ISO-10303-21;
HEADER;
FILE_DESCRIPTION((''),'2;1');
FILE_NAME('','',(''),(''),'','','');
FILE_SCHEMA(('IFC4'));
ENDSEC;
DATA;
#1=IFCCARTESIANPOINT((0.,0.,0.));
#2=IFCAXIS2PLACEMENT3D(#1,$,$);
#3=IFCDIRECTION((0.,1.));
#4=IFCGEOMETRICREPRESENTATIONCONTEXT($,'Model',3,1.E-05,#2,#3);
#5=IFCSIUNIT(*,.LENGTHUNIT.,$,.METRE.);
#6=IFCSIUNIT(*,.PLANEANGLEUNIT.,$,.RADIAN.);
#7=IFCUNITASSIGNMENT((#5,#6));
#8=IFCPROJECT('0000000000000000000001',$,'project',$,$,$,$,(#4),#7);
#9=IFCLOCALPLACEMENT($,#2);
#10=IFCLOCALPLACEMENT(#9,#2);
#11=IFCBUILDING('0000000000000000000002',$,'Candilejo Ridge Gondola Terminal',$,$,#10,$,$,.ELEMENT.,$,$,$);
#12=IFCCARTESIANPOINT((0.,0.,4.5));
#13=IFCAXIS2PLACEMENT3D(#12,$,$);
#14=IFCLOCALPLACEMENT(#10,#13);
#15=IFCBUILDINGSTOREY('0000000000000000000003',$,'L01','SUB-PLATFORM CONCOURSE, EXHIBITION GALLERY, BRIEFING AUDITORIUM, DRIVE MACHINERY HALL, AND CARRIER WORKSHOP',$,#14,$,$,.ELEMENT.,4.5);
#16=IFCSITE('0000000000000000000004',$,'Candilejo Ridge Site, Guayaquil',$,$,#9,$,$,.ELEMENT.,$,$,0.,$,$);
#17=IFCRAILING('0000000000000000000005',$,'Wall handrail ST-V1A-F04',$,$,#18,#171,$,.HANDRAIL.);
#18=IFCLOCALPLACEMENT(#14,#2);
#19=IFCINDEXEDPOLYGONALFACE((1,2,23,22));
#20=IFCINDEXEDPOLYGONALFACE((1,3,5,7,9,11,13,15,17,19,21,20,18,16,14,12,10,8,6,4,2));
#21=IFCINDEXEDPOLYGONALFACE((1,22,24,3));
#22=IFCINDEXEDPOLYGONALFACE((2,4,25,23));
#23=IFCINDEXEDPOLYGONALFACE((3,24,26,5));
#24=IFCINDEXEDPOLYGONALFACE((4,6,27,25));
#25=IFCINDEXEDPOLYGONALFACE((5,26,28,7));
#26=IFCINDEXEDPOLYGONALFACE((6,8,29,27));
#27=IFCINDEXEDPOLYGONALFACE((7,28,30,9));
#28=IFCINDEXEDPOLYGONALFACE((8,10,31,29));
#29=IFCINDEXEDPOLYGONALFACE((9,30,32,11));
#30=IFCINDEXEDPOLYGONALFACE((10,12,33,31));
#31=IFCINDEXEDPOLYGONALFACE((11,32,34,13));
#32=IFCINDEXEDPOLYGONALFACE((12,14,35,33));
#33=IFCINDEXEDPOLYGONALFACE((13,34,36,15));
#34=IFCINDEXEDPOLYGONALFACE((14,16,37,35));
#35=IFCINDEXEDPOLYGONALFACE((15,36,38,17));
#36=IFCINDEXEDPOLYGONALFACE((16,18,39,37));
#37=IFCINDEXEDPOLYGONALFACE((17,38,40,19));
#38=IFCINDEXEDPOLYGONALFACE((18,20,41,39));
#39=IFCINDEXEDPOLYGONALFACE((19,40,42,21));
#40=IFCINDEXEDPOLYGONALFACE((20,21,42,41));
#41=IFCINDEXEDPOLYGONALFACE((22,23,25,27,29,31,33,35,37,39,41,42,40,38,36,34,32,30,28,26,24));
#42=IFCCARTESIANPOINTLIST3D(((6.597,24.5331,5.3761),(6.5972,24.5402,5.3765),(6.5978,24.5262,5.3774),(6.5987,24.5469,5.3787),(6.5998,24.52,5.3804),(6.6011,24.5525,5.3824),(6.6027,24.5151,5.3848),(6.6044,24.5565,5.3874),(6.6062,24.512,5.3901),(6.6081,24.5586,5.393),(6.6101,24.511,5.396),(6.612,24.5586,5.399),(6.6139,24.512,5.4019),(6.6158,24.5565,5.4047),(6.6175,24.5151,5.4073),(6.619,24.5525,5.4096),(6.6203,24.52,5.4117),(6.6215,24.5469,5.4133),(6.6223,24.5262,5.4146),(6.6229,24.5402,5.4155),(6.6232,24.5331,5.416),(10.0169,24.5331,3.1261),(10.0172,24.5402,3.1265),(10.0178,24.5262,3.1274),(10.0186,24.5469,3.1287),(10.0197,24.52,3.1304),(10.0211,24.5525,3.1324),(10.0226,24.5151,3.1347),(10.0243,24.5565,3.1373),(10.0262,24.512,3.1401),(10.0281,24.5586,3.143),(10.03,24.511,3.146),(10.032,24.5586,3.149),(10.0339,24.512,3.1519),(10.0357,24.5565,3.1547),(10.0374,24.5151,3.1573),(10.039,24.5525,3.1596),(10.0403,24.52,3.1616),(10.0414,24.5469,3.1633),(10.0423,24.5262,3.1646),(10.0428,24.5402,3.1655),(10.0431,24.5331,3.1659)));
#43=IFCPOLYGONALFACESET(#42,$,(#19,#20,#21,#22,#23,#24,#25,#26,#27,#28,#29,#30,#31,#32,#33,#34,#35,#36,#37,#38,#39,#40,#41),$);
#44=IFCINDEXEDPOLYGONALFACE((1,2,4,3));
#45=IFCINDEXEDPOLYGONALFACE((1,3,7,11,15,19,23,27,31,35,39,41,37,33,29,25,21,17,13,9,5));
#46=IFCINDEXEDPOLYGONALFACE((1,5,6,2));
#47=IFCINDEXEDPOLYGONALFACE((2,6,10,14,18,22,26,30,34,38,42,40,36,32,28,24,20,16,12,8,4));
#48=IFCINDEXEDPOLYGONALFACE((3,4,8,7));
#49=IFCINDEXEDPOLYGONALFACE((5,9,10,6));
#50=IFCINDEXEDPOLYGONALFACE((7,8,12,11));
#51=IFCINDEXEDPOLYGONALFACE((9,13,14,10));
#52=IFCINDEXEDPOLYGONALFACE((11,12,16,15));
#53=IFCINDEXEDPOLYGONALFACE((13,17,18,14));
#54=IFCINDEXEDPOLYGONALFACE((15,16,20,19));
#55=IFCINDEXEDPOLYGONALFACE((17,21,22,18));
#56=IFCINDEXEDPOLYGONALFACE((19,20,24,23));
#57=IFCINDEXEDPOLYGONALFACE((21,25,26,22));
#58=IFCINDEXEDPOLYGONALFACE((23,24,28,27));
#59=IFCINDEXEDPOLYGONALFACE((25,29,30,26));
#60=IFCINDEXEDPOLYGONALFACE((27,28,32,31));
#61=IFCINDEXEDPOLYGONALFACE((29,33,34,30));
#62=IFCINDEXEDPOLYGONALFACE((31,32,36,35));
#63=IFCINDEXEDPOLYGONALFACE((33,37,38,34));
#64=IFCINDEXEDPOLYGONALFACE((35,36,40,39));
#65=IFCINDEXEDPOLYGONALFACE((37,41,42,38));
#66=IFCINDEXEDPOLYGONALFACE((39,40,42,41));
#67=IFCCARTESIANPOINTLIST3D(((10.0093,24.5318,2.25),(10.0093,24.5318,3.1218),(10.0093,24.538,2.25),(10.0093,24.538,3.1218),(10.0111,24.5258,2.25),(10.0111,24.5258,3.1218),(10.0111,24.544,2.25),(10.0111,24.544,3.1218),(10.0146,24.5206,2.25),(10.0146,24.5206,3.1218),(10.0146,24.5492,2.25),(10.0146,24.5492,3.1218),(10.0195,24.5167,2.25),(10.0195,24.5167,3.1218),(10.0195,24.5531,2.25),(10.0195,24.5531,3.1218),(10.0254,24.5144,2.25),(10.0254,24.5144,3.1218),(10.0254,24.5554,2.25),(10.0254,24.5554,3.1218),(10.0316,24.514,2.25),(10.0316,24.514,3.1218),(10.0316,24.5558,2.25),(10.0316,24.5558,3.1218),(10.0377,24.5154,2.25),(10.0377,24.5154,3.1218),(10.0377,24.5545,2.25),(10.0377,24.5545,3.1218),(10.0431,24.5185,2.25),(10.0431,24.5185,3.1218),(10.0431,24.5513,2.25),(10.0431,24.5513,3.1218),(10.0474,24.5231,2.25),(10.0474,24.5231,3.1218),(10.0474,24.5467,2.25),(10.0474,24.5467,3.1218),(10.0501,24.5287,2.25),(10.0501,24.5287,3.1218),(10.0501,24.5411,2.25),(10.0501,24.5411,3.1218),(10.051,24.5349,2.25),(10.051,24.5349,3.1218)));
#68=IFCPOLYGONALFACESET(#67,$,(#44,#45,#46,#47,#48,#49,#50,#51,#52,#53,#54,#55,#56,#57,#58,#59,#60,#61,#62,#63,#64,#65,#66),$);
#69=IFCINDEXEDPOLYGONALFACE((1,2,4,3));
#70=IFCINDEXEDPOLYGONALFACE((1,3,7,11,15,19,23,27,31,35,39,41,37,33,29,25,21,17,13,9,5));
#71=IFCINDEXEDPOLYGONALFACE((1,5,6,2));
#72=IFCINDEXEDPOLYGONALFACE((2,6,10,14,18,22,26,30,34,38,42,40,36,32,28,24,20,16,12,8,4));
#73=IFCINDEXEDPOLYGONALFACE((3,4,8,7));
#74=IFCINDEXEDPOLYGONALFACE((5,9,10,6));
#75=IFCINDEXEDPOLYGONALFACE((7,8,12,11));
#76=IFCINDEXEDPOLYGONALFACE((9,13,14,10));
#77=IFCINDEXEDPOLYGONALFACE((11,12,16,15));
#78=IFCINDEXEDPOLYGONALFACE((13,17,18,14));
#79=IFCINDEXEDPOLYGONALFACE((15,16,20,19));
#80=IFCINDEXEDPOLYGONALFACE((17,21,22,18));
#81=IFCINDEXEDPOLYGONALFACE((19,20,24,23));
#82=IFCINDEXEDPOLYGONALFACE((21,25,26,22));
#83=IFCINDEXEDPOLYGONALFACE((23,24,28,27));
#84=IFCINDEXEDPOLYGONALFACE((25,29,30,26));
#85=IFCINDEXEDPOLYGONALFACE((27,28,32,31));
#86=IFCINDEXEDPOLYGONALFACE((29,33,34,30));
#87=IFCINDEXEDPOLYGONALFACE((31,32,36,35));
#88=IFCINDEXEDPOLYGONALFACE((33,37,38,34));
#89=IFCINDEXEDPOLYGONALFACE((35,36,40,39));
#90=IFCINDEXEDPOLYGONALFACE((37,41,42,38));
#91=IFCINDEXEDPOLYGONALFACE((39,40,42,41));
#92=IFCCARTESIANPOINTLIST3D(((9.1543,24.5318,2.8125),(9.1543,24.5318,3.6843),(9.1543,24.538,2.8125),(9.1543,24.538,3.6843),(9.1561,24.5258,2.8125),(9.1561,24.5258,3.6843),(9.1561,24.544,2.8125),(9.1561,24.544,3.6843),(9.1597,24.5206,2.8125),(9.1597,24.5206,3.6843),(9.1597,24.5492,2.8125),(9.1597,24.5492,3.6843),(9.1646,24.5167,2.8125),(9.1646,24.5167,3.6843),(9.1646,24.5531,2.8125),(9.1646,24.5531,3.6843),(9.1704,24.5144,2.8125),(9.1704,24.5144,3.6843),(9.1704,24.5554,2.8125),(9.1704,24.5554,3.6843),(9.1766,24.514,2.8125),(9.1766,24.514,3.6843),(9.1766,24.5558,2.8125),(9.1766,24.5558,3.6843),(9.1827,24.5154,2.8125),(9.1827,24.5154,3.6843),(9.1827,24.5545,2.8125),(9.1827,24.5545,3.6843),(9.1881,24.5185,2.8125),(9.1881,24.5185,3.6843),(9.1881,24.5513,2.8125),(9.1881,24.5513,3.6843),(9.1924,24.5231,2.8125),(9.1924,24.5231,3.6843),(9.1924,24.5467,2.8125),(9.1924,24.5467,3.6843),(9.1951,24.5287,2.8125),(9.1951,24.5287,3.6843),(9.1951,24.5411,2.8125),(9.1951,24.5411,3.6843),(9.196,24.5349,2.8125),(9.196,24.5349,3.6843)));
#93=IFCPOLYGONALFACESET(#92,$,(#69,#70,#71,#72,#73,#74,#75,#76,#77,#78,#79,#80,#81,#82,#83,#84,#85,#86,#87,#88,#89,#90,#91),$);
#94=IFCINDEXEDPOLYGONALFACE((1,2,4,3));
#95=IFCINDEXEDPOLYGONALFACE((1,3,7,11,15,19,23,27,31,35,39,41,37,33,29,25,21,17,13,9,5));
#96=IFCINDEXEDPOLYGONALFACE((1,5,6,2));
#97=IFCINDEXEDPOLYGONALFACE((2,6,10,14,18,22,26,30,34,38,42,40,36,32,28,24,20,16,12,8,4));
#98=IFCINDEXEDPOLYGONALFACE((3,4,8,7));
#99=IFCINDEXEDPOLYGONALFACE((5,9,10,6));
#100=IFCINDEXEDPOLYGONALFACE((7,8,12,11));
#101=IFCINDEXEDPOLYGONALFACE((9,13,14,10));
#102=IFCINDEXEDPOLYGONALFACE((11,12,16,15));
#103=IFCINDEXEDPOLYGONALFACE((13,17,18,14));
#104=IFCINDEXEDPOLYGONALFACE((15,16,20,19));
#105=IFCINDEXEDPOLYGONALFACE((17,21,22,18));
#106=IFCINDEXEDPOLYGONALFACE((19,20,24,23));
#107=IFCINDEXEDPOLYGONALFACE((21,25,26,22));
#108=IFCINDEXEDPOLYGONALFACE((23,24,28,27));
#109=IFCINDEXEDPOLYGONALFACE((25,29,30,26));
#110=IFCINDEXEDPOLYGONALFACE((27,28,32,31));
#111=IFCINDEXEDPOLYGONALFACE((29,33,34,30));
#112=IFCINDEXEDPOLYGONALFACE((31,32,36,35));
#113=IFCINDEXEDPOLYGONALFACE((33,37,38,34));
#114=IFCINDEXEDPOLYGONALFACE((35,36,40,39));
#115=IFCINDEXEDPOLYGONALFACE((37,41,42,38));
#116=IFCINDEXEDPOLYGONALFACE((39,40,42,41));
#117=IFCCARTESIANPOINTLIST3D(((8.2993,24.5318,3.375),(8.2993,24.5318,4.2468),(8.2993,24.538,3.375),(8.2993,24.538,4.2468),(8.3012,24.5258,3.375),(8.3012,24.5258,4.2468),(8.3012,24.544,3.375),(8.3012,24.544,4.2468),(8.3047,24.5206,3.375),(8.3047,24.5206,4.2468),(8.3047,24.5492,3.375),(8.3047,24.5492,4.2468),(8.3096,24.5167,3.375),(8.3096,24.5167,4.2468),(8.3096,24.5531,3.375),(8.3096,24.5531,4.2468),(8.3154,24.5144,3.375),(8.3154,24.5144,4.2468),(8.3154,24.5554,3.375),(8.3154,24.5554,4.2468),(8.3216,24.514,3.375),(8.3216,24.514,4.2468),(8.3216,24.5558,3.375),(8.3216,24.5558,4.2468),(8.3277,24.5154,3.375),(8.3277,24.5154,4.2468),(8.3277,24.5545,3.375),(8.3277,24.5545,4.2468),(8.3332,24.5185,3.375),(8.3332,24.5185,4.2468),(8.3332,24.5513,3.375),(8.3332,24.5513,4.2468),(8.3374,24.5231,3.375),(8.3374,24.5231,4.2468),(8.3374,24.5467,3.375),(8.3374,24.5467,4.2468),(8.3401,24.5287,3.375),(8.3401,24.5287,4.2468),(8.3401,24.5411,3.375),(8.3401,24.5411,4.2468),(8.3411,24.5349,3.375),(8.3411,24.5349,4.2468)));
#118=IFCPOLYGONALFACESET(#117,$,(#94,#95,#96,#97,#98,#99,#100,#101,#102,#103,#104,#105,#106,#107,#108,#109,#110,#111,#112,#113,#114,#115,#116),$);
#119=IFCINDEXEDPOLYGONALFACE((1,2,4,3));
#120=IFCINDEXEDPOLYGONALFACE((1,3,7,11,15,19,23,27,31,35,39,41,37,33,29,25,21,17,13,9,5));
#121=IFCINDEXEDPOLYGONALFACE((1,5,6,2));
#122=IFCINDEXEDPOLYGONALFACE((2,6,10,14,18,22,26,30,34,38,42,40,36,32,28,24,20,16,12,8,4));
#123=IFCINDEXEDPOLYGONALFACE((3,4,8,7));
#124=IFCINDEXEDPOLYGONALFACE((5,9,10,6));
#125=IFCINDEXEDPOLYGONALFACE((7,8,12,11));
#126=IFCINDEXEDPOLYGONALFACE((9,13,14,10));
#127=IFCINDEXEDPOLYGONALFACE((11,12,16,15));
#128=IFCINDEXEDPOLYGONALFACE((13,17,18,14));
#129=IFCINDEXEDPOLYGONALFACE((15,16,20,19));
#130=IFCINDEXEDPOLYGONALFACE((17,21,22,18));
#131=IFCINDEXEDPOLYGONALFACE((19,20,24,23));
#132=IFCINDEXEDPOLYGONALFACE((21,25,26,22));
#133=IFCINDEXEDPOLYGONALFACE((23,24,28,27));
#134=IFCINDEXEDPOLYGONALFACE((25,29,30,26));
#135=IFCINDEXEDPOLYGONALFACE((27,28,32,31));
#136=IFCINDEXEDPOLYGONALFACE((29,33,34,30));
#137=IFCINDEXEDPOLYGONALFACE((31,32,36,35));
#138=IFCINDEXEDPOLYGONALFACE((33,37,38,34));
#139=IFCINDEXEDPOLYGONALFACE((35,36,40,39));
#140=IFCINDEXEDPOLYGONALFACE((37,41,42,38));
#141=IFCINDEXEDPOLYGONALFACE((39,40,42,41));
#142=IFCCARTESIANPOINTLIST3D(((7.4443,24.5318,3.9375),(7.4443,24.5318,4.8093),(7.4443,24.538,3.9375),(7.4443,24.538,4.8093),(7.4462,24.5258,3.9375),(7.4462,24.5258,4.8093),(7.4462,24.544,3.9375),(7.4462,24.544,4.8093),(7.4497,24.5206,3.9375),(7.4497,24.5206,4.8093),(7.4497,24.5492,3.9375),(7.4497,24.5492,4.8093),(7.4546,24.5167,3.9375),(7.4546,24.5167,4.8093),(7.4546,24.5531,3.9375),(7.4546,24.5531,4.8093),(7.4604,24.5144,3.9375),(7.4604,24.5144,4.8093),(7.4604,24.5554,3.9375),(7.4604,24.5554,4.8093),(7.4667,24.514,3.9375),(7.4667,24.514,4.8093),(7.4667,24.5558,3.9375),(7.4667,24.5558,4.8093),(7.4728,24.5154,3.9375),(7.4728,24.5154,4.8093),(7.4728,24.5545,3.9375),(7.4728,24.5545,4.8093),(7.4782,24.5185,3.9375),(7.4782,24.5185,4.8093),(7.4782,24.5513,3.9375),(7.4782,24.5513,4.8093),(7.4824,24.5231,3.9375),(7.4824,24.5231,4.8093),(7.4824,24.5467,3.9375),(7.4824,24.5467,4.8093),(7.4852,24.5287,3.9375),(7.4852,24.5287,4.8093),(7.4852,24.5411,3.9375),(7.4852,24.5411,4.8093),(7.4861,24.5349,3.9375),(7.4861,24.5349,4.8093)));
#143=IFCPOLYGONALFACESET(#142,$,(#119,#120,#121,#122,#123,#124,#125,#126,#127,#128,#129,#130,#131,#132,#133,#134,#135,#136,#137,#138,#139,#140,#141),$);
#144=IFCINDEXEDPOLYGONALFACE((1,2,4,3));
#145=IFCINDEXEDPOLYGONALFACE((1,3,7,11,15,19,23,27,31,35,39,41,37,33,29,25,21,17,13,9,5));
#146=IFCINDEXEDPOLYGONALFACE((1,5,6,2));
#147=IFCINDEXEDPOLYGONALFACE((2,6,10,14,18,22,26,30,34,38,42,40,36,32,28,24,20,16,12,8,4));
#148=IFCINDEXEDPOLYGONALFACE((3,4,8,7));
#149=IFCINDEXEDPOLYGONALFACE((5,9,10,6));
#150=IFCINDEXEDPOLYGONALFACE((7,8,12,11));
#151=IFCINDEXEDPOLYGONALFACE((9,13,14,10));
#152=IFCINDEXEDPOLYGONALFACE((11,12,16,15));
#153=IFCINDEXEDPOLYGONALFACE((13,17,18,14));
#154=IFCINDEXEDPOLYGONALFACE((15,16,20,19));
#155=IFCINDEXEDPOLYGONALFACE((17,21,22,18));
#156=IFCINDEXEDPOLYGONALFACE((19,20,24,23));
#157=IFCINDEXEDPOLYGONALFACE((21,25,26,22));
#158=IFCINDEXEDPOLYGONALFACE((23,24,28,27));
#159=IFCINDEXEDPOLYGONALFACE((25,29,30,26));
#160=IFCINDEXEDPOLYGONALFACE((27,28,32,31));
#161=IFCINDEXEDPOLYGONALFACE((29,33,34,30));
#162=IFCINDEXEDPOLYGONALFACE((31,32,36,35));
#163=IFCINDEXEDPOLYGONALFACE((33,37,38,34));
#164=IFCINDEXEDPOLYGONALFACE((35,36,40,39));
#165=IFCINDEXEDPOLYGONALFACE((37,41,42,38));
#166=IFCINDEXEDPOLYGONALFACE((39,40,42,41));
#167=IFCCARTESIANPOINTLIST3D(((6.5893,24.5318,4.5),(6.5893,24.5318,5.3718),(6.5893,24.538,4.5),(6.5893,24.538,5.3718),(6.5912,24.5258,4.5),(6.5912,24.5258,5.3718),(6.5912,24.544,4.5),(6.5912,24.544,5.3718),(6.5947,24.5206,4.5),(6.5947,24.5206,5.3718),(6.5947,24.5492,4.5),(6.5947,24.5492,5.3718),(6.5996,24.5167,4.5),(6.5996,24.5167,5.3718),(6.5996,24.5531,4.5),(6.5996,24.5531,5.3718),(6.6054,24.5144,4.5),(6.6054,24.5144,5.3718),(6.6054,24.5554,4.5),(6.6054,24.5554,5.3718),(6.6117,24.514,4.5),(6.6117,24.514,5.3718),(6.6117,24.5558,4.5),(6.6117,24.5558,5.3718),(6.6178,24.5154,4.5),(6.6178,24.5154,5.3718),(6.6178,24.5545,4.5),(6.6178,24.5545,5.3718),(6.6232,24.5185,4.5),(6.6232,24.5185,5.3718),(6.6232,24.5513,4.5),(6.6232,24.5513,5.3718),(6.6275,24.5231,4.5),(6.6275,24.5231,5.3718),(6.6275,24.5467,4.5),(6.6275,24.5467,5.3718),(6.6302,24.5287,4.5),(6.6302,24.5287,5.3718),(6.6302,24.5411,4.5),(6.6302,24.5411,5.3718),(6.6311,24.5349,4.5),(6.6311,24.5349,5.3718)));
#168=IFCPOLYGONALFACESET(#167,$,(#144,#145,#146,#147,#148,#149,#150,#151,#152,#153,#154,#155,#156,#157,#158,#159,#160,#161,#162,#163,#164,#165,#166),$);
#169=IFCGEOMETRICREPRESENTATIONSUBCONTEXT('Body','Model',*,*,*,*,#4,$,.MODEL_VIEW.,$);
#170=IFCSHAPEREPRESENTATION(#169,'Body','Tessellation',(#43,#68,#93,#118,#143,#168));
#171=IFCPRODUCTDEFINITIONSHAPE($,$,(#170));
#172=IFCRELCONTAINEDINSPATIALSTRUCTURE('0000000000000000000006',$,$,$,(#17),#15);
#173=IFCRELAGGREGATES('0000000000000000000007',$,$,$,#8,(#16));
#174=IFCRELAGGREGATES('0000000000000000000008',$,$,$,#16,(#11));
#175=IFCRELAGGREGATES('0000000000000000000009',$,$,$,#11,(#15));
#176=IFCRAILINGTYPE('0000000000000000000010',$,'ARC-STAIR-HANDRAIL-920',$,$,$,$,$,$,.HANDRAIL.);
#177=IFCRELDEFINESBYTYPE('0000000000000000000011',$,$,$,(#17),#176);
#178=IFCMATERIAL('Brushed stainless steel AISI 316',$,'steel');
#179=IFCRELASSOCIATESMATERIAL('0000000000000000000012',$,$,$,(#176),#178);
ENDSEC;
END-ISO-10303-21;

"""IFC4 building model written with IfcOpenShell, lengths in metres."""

from ifc_helpers import new_model, si_unit, direction, frame, origin, origin_2d, place, context, subcontext, project, spatial, circle, extrude, material, type_object, element, save


model = new_model("IFC4")

# Units and contexts
model_context = context("Model", 3, precision=1e-05, world=origin(), true_north=direction((0.0, 1.0)))
body_context = subcontext(model_context, "Body", "Model", "MODEL_VIEW")
ifc_project = project(units=[si_unit("LENGTHUNIT", "METRE"), si_unit("PLANEANGLEUNIT", "RADIAN")], contexts=[model_context])

# Site, building, storey
site_placement = place(None, origin())
site = spatial("IfcSite", under=ifc_project, at=site_placement, Name="Candilejo Ridge Site, Guayaquil", CompositionType="ELEMENT", RefElevation=0.0)
building_placement = place(site_placement, origin())
building = spatial("IfcBuilding", under=site, at=building_placement, Name="Candilejo Ridge Gondola Terminal", CompositionType="ELEMENT")
storey_placement = place(building_placement, frame((0.0, 0.0, 4.5)))
storey = spatial("IfcBuildingStorey", under=building, at=storey_placement, Name="L01", Description="SUB-PLATFORM CONCOURSE, EXHIBITION GALLERY, BRIEFING AUDITORIUM, DRIVE MACHINERY HALL, AND CARRIER WORKSHOP", CompositionType="ELEMENT", Elevation=4.5)

# Railing
ifc_material_1 = material(Name="Brushed stainless steel AISI 316", Category="steel")
railing_type_1 = type_object("IfcRailingType", Name="ARC-STAIR-HANDRAIL-920", PredefinedType="HANDRAIL", material=ifc_material_1)
railing_1_placement = place(storey_placement, frame((10.03, 24.5349, 2.25)))
element("IfcRailing", 1, at=railing_1_placement, inside=storey, type_object=railing_type_1, Name="Wall handrail ST-V1A-F04", PredefinedType="HANDRAIL", context=body_context, shape_type="SweptSolid", body=[
    extrude(circle(Radius=0.0239, at=origin_2d()), frame((0.0, 0.0, 0.896), z_axis=(-0.835411, 0.0, 0.549625), x_axis=(0.0, -1.0, 0.0)), (0.0, 0.0, 1.0), 4.0938),
    extrude(circle(Radius=0.021, at=origin_2d()), origin(), (0.0, 0.0, 1.0), 0.8718),
    extrude(circle(Radius=0.021, at=origin_2d()), frame((-0.855, 0.0, 0.5625)), (0.0, 0.0, 1.0), 0.8718),
    extrude(circle(Radius=0.021, at=origin_2d()), frame((-1.71, 0.0, 1.125)), (0.0, 0.0, 1.0), 0.8718),
    extrude(circle(Radius=0.021, at=origin_2d()), frame((-2.5649, 0.0, 1.6875)), (0.0, 0.0, 1.0), 0.8718),
    extrude(circle(Radius=0.021, at=origin_2d()), frame((-3.4199, 0.0, 2.25)), (0.0, 0.0, 1.0), 0.8718),
])

save(model, "model.ifc")
